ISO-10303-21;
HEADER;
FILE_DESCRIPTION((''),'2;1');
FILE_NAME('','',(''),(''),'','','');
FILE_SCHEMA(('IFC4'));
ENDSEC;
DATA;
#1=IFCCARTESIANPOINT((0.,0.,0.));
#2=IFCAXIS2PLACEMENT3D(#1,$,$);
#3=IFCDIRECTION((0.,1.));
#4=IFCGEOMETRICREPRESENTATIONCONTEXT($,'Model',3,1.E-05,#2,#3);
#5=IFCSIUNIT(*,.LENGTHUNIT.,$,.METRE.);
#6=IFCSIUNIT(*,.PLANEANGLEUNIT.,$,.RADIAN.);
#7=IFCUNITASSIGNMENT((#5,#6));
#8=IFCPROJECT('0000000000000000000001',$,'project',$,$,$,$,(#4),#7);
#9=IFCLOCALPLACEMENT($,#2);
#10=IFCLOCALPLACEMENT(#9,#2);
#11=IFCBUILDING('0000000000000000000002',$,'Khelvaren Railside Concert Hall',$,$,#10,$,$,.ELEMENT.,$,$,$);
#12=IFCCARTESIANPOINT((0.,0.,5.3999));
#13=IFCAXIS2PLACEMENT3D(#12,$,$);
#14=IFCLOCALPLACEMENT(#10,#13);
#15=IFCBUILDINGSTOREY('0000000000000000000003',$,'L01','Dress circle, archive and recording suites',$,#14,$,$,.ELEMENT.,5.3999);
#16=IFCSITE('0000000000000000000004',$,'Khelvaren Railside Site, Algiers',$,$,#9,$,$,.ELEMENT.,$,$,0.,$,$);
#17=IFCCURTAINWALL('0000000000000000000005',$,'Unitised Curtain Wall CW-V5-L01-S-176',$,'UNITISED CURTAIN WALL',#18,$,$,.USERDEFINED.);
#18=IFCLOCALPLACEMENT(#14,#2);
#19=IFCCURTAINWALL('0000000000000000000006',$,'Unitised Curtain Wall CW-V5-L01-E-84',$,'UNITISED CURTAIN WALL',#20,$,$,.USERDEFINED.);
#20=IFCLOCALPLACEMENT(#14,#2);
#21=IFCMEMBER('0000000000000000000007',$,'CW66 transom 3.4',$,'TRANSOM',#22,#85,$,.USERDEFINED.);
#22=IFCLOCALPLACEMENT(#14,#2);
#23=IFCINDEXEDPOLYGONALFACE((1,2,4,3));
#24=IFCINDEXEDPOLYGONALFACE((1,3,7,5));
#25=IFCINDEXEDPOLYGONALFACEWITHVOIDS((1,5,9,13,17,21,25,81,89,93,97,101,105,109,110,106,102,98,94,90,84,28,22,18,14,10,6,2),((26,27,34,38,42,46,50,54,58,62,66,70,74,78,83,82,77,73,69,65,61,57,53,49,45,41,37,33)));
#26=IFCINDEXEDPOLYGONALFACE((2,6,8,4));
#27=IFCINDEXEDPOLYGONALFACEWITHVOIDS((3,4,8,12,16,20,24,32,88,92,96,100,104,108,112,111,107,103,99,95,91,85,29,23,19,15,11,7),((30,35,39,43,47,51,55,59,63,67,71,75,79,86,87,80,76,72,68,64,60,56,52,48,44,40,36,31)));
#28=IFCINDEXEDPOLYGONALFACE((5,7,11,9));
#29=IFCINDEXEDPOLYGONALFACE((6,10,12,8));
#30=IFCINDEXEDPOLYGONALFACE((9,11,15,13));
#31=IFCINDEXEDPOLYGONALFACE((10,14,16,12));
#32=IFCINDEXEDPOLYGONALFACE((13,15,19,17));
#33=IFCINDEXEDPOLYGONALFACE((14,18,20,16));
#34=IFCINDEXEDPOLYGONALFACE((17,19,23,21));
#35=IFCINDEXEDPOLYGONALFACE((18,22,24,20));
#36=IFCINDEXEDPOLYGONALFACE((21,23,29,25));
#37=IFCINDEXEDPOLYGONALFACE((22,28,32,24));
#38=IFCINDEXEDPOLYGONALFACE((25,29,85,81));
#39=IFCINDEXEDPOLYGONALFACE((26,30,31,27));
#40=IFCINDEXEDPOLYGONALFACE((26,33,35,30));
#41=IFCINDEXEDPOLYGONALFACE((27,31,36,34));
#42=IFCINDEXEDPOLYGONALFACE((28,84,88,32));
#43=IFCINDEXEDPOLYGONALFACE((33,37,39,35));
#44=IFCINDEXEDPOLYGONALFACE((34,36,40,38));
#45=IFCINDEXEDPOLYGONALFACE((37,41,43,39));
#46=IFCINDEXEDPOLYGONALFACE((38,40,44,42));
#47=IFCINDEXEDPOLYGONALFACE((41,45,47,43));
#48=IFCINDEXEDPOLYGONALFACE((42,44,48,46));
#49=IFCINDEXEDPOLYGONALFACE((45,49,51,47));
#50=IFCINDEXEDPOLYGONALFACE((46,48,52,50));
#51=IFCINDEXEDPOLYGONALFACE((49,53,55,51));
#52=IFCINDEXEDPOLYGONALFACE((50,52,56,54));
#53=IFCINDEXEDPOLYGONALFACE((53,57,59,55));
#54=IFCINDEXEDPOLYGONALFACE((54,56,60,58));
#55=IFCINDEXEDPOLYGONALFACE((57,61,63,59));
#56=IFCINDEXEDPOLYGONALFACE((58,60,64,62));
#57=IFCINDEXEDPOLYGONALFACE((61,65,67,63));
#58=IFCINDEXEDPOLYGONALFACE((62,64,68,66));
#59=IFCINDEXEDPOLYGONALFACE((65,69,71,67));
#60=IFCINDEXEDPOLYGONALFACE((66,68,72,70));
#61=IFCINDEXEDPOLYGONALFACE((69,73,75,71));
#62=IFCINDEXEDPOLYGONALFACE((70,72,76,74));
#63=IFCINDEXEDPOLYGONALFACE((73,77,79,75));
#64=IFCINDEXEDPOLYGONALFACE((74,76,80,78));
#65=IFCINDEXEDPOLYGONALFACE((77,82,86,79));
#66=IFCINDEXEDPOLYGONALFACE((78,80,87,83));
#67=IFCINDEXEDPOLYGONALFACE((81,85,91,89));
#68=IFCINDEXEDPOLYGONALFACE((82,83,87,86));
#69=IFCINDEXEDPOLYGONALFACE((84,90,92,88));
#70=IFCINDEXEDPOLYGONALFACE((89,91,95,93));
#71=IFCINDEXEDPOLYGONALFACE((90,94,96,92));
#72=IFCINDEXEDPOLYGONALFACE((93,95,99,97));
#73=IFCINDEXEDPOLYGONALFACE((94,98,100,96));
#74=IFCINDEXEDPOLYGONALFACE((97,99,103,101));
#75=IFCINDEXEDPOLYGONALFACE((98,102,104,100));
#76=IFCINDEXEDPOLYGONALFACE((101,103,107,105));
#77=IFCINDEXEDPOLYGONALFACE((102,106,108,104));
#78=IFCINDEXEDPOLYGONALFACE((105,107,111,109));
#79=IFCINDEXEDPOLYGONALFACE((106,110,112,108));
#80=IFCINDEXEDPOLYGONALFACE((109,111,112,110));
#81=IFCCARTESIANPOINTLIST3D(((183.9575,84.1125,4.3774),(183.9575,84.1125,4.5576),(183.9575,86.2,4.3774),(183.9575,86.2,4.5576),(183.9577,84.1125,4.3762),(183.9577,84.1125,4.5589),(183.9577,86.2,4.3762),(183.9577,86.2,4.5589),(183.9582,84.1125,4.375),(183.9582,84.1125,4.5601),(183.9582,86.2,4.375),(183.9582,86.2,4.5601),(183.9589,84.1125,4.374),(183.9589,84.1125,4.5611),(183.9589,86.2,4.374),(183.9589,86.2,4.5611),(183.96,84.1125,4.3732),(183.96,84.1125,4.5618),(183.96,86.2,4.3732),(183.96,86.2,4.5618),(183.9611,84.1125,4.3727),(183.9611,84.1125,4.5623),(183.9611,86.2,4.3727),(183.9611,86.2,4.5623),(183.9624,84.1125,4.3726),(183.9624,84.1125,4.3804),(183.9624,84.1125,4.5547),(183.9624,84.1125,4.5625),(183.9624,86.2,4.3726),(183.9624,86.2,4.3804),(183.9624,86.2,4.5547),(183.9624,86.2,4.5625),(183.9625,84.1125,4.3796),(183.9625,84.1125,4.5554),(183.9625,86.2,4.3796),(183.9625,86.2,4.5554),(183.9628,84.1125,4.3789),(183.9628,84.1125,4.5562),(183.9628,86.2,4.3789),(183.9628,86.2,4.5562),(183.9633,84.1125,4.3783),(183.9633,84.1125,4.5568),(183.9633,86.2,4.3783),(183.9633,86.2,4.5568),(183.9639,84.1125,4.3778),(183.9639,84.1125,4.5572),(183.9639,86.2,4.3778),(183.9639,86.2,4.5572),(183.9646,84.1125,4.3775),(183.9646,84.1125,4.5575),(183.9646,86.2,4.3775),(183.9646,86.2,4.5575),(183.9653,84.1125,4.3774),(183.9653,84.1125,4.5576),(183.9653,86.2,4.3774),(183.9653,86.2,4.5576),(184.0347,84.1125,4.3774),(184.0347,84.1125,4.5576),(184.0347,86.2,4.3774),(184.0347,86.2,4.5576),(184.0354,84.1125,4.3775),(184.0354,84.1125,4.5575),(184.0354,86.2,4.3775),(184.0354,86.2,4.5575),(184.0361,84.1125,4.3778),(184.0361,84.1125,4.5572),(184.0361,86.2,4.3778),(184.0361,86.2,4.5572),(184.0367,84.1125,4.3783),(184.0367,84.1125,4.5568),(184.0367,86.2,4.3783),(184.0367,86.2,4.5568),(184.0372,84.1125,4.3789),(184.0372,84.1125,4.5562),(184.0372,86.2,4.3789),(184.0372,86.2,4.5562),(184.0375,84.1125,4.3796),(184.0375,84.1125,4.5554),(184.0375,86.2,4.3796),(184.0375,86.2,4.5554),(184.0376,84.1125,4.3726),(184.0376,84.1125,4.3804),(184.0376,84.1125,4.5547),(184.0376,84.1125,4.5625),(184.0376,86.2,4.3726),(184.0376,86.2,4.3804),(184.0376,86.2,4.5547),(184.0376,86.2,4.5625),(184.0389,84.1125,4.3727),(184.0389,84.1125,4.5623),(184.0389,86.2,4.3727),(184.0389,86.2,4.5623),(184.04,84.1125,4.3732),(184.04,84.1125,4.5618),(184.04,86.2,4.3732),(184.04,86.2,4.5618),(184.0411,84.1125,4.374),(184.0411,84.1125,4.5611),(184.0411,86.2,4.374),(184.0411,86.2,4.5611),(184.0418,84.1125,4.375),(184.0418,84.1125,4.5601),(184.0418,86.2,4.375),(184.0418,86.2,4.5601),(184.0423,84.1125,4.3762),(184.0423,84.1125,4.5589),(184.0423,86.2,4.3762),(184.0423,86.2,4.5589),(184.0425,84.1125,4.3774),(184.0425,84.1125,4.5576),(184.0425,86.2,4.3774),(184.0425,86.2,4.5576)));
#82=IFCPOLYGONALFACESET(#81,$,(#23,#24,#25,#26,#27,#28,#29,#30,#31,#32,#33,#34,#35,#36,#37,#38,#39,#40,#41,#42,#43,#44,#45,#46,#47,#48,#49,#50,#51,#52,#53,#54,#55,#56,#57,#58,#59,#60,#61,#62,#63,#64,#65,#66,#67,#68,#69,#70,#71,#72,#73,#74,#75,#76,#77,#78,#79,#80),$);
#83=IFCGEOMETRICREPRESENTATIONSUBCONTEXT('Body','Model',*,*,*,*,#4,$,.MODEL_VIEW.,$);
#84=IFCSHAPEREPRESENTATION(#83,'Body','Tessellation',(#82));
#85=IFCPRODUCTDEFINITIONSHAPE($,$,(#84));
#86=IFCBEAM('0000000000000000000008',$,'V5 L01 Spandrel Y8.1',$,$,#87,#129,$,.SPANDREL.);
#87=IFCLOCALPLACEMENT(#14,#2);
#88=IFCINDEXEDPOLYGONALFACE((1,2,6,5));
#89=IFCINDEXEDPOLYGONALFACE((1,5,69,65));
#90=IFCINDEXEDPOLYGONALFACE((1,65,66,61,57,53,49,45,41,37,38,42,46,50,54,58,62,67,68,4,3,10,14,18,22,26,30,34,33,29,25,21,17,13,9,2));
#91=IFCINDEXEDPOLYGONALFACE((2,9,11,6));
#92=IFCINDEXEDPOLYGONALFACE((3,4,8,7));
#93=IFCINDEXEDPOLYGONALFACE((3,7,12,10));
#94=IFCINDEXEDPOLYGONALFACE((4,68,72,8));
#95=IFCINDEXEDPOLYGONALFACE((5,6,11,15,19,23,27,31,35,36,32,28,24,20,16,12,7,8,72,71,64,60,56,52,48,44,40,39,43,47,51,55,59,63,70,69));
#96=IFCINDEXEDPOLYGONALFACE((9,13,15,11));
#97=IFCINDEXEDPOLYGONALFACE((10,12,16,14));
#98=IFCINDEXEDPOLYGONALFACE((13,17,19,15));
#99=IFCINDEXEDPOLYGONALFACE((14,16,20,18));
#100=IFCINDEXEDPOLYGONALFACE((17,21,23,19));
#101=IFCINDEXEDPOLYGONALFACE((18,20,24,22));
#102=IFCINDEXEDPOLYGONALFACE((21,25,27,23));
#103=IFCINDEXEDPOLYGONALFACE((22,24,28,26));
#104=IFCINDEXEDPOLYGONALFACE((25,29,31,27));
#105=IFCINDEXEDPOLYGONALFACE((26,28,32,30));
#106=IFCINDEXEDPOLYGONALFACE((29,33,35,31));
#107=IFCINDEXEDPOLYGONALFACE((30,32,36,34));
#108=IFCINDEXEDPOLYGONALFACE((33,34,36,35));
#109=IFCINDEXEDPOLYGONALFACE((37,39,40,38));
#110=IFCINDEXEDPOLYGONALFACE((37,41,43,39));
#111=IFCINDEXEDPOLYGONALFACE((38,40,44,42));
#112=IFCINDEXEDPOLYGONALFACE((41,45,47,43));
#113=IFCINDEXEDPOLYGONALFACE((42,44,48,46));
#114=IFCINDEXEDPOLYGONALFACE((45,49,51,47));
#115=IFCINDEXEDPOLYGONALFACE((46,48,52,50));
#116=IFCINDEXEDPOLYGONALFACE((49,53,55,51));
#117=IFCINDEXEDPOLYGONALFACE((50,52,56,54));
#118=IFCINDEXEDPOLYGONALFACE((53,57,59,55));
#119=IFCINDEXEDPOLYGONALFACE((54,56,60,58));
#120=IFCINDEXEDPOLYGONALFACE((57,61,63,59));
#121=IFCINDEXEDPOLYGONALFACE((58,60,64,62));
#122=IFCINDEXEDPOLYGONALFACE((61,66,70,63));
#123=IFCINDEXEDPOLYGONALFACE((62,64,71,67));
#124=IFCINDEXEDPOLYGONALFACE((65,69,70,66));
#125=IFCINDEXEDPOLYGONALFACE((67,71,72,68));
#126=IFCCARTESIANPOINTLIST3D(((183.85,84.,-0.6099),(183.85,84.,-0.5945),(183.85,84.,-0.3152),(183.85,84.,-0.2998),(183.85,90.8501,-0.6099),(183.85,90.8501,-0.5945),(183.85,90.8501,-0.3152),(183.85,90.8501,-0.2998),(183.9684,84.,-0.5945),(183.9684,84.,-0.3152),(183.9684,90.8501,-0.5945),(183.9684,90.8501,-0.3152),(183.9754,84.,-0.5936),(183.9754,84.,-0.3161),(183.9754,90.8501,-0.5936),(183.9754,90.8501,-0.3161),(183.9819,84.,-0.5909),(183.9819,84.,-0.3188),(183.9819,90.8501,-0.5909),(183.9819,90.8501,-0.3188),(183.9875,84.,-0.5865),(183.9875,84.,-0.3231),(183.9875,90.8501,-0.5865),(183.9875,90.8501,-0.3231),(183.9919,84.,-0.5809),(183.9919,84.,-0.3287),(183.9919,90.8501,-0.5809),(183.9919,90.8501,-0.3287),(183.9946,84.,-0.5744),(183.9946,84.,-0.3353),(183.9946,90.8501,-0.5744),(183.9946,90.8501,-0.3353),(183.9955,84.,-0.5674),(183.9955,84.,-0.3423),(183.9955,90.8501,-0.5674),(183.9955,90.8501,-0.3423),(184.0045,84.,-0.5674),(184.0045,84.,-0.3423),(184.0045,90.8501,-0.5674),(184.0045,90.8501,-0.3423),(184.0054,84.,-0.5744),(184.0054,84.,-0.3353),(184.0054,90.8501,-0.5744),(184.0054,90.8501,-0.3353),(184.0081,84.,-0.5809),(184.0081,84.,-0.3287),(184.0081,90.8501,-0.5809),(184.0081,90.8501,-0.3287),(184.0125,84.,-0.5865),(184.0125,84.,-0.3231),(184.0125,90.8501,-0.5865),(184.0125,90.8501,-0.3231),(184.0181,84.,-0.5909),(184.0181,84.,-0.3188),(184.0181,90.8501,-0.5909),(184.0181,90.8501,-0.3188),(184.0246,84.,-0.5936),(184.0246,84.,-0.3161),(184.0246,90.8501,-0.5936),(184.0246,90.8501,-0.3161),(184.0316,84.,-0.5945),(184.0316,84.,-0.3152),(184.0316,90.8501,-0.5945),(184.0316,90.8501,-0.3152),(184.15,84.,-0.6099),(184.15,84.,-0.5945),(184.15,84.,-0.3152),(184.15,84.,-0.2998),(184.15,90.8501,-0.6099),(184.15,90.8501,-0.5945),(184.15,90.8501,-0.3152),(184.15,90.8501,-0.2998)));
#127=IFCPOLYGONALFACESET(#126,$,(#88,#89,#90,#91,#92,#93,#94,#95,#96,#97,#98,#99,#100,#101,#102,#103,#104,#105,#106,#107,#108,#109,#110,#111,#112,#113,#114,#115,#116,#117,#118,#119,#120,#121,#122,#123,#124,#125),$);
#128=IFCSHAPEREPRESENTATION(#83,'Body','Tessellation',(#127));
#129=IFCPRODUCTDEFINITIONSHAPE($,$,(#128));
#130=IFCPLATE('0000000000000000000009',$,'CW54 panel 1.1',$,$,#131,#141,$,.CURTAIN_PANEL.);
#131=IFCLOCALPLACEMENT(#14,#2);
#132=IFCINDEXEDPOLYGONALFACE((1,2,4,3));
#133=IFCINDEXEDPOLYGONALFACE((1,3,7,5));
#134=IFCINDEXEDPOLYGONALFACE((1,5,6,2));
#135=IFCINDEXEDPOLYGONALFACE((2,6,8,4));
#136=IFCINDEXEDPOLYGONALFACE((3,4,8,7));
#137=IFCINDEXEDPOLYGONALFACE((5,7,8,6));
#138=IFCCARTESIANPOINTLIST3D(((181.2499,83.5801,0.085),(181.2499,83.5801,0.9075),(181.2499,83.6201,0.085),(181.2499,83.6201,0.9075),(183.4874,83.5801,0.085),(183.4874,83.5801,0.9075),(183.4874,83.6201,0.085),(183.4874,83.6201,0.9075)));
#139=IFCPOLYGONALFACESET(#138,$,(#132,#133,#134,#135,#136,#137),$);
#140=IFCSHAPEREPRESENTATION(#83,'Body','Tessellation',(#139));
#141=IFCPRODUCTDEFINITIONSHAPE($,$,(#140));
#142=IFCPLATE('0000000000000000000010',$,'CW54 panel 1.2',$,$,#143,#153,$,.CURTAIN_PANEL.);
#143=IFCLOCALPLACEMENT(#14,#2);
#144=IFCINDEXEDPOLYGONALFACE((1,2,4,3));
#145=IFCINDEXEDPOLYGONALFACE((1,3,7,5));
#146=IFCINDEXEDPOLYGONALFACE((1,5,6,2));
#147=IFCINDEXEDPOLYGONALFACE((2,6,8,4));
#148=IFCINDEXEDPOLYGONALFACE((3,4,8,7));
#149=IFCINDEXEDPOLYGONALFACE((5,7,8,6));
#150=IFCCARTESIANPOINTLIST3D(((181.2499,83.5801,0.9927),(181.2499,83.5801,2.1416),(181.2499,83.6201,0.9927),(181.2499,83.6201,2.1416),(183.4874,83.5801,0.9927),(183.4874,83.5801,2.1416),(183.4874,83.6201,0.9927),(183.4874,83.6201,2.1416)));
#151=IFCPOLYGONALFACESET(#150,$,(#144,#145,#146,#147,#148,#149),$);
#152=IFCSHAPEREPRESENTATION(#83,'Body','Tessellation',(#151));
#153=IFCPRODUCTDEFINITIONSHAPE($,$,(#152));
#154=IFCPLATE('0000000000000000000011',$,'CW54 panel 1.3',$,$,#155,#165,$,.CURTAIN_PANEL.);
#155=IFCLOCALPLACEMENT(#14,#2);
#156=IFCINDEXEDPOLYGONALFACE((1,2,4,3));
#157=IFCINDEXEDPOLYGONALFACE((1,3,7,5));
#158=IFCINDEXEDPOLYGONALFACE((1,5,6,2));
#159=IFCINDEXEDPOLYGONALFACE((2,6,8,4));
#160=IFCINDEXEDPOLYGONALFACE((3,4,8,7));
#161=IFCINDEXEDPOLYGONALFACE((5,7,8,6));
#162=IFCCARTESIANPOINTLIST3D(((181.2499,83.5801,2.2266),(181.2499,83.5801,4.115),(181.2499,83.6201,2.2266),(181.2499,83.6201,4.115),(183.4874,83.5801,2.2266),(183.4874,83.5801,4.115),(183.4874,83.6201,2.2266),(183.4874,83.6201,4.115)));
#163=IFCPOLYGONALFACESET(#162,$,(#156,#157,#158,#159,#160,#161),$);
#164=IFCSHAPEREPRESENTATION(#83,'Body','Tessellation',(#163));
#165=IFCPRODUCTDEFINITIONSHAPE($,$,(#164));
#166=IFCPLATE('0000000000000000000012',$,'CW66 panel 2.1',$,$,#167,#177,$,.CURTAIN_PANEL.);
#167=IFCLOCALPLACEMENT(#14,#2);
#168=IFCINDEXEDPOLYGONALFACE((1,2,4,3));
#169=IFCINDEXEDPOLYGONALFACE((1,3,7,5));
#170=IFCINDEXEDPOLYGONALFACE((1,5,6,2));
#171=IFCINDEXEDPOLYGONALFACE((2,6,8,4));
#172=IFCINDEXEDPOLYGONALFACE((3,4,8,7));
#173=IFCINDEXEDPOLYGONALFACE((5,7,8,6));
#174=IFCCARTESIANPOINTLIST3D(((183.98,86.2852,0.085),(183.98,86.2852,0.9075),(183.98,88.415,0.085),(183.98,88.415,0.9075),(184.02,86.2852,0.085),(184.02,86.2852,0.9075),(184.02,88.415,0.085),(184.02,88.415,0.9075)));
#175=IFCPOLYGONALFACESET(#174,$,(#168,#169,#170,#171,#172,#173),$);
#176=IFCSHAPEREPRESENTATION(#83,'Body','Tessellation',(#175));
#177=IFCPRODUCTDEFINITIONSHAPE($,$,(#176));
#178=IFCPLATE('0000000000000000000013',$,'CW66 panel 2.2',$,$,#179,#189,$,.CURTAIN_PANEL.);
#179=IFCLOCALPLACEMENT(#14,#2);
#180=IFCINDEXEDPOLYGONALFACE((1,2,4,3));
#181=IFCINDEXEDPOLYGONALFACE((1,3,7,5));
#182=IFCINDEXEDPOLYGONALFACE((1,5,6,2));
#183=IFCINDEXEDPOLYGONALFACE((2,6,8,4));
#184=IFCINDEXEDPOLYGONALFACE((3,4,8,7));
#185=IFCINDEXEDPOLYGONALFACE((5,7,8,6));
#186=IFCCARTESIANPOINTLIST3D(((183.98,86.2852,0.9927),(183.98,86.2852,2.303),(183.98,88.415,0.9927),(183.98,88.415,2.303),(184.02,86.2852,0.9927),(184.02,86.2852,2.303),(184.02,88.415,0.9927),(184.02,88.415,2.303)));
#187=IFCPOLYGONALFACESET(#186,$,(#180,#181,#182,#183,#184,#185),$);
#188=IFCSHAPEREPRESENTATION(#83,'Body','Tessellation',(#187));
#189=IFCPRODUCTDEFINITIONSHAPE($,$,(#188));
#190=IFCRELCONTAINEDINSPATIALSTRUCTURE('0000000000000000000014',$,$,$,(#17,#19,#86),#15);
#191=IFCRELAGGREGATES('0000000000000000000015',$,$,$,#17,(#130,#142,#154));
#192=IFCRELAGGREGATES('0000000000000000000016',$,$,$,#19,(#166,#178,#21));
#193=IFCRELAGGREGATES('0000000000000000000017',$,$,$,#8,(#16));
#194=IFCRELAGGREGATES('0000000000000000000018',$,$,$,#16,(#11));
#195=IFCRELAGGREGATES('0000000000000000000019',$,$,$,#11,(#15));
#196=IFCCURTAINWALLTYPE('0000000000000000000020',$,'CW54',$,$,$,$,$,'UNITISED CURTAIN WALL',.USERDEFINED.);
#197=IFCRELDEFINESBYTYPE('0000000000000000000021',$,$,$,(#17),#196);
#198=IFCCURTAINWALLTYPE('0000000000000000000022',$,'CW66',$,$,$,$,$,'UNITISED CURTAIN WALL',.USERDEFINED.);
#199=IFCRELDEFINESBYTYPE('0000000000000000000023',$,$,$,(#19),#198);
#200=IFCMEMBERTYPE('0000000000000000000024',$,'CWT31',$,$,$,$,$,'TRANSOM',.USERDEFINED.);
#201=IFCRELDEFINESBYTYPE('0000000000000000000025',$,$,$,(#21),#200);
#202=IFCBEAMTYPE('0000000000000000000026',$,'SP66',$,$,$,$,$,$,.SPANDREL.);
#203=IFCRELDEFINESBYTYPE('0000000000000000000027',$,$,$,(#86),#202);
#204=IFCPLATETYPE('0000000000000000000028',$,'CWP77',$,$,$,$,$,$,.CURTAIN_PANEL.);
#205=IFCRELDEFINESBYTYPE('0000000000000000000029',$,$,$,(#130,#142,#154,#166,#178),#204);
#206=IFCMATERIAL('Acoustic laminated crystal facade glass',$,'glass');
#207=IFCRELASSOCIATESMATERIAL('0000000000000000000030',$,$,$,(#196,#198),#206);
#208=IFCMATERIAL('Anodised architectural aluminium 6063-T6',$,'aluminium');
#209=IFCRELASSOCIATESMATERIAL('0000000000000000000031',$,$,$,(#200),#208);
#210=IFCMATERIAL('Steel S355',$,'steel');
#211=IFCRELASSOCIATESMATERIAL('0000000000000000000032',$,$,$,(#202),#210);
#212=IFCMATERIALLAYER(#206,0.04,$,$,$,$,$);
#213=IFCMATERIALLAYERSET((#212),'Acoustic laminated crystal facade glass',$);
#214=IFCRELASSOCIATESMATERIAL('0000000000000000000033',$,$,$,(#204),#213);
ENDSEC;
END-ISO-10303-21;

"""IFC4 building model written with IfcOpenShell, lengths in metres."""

from ifc_helpers import new_model, si_unit, direction, frame, origin, origin_2d, place, context, subcontext, project, spatial, rectangle, hollow_rectangle, i_section, extrude, material, layer, layer_set, material_profile, profile_set, type_object, element, aggregate, save


model = new_model("IFC4")

# Units and contexts
model_context = context("Model", 3, precision=1e-05, world=origin(), true_north=direction((0.0, 1.0)))
body_context = subcontext(model_context, "Body", "Model", "MODEL_VIEW")
ifc_project = project(units=[si_unit("LENGTHUNIT", "METRE"), si_unit("PLANEANGLEUNIT", "RADIAN")], contexts=[model_context])

# Site, building, storey
site_placement = place(None, origin())
site = spatial("IfcSite", under=ifc_project, at=site_placement, Name="Khelvaren Railside Site, Algiers", CompositionType="ELEMENT", RefElevation=0.0)
building_placement = place(site_placement, origin())
building = spatial("IfcBuilding", under=site, at=building_placement, Name="Khelvaren Railside Concert Hall", CompositionType="ELEMENT")
storey_placement = place(building_placement, frame((0.0, 0.0, 5.3999)))
storey = spatial("IfcBuildingStorey", under=building, at=storey_placement, Name="L01", Description="Dress circle, archive and recording suites", CompositionType="ELEMENT", Elevation=5.3999)

# Curtain walls
ifc_material_1 = material(Name="Acoustic laminated crystal facade glass", Category="glass")
curtain_wall_type_1 = type_object("IfcCurtainWallType", Name="CW54", ElementType="UNITISED CURTAIN WALL", PredefinedType="USERDEFINED", material=ifc_material_1)
curtain_wall_1_placement = place(storey_placement, origin())
curtain_wall_1 = element("IfcCurtainWall", 1, at=curtain_wall_1_placement, inside=storey, type_object=curtain_wall_type_1, Name="Unitised Curtain Wall CW-V5-L01-S-176", ObjectType="UNITISED CURTAIN WALL", PredefinedType="USERDEFINED")
ifc_material_2 = material(Name="Anodised architectural aluminium 6063-T6", Category="aluminium")
curtain_wall_type_2 = type_object("IfcCurtainWallType", Name="CW66", ElementType="UNITISED CURTAIN WALL", PredefinedType="USERDEFINED", material=ifc_material_1)
curtain_wall_2_placement = place(storey_placement, origin())
curtain_wall_2 = element("IfcCurtainWall", 2, at=curtain_wall_2_placement, inside=storey, type_object=curtain_wall_type_2, Name="Unitised Curtain Wall CW-V5-L01-E-84", ObjectType="UNITISED CURTAIN WALL", PredefinedType="USERDEFINED")

# Member
ifc_material_profile_1 = material_profile(ifc_material_2, hollow_rectangle(XDim=0.085, YDim=0.1899, WallThickness=0.0049, InnerFilletRadius=0.0029, OuterFilletRadius=0.0049, at=origin_2d()), Name="CWT 85x190x5")
ifc_profile_set_1 = profile_set([ifc_material_profile_1], Name="Anodised architectural aluminium 6063-T6")
member_type_1 = type_object("IfcMemberType", Name="CWT31", ElementType="TRANSOM", PredefinedType="USERDEFINED", material=ifc_profile_set_1)
member_1_placement = place(storey_placement, frame((184.0, 86.2, 4.4675), z_axis=(0.0, -1.0, 0.0), x_axis=(1.0, 0.0, 0.0)))
member_1 = element("IfcMember", 3, at=member_1_placement, type_object=member_type_1, Name="CW66 transom 3.4", ObjectType="TRANSOM", PredefinedType="USERDEFINED", context=body_context, shape_type="SweptSolid", body=[
    extrude(hollow_rectangle(XDim=0.085, YDim=0.1899, WallThickness=0.0049, InnerFilletRadius=0.0029, OuterFilletRadius=0.0049, at=origin_2d()), origin(), (0.0, 0.0, 1.0), 2.0874),
])

# Beam
ifc_material_3 = material(Name="Steel S355", Category="steel")
ifc_material_profile_2 = material_profile(ifc_material_3, i_section(OverallWidth=0.3, OverallDepth=0.3101, WebThickness=0.009, FlangeThickness=0.0154, FilletRadius=0.0271, at=origin_2d()), Name="HEA 320")
ifc_profile_set_2 = profile_set([ifc_material_profile_2], Name="Steel S355")
beam_type = type_object("IfcBeamType", Name="SP66", PredefinedType="SPANDREL", material=ifc_profile_set_2)
beam_placement = place(storey_placement, frame((184.0, 84.0, -0.4548), z_axis=(0.0, 1.0, 0.0), x_axis=(-1.0, 0.0, 0.0)))
element("IfcBeam", 4, at=beam_placement, inside=storey, type_object=beam_type, Name="V5 L01 Spandrel Y8.1", PredefinedType="SPANDREL", context=body_context, shape_type="SweptSolid", body=[
    extrude(i_section(OverallWidth=0.3, OverallDepth=0.3101, WebThickness=0.009, FlangeThickness=0.0154, FilletRadius=0.0271, at=origin_2d()), origin(), (0.0, 0.0, 1.0), 6.8501),
])

# Plates
ifc_layer = layer(ifc_material_1, 0.04)
ifc_layer_set = layer_set([ifc_layer], Name="Acoustic laminated crystal facade glass")
plate_type = type_object("IfcPlateType", Name="CWP77", PredefinedType="CURTAIN_PANEL", material=ifc_layer_set)
plate_1_placement = place(storey_placement, frame((182.3687, 83.6001, 0.085), z_axis=(0.0, 0.0, 1.0), x_axis=(-1.0, 0.0, 0.0)))
plate_1 = element("IfcPlate", 5, at=plate_1_placement, type_object=plate_type, Name="CW54 panel 1.1", PredefinedType="CURTAIN_PANEL", context=body_context, shape_type="SweptSolid", body=[
    extrude(rectangle(XDim=2.2375, YDim=0.04, at=origin_2d()), origin(), (0.0, 0.0, 1.0), 0.8225),
])
plate_2_placement = place(storey_placement, frame((182.3687, 83.6001, 0.9927), z_axis=(0.0, 0.0, 1.0), x_axis=(-1.0, 0.0, 0.0)))
plate_2 = element("IfcPlate", 6, at=plate_2_placement, type_object=plate_type, Name="CW54 panel 1.2", PredefinedType="CURTAIN_PANEL", context=body_context, shape_type="SweptSolid", body=[
    extrude(rectangle(XDim=2.2375, YDim=0.04, at=origin_2d()), origin(), (0.0, 0.0, 1.0), 1.1489),
])
plate_3_placement = place(storey_placement, frame((182.3687, 83.6001, 2.2266), z_axis=(0.0, 0.0, 1.0), x_axis=(-1.0, 0.0, 0.0)))
plate_3 = element("IfcPlate", 7, at=plate_3_placement, type_object=plate_type, Name="CW54 panel 1.3", PredefinedType="CURTAIN_PANEL", context=body_context, shape_type="SweptSolid", body=[
    extrude(rectangle(XDim=2.2375, YDim=0.04, at=origin_2d()), origin(), (0.0, 0.0, 1.0), 1.8884),
])
aggregate(curtain_wall_1, [plate_1, plate_2, plate_3])
plate_4_placement = place(storey_placement, frame((184.0, 87.3501, 0.085), z_axis=(0.0, 0.0, 1.0), x_axis=(0.0, -1.0, 0.0)))
plate_4 = element("IfcPlate", 8, at=plate_4_placement, type_object=plate_type, Name="CW66 panel 2.1", PredefinedType="CURTAIN_PANEL", context=body_context, shape_type="SweptSolid", body=[
    extrude(rectangle(XDim=2.1299, YDim=0.04, at=origin_2d()), origin(), (0.0, 0.0, 1.0), 0.8225),
])
plate_5_placement = place(storey_placement, frame((184.0, 87.3501, 0.9927), z_axis=(0.0, 0.0, 1.0), x_axis=(0.0, -1.0, 0.0)))
plate_5 = element("IfcPlate", 9, at=plate_5_placement, type_object=plate_type, Name="CW66 panel 2.2", PredefinedType="CURTAIN_PANEL", context=body_context, shape_type="SweptSolid", body=[
    extrude(rectangle(XDim=2.1299, YDim=0.04, at=origin_2d()), origin(), (0.0, 0.0, 1.0), 1.3103),
])
aggregate(curtain_wall_2, [plate_4, plate_5, member_1])

save(model, "model.ifc")
